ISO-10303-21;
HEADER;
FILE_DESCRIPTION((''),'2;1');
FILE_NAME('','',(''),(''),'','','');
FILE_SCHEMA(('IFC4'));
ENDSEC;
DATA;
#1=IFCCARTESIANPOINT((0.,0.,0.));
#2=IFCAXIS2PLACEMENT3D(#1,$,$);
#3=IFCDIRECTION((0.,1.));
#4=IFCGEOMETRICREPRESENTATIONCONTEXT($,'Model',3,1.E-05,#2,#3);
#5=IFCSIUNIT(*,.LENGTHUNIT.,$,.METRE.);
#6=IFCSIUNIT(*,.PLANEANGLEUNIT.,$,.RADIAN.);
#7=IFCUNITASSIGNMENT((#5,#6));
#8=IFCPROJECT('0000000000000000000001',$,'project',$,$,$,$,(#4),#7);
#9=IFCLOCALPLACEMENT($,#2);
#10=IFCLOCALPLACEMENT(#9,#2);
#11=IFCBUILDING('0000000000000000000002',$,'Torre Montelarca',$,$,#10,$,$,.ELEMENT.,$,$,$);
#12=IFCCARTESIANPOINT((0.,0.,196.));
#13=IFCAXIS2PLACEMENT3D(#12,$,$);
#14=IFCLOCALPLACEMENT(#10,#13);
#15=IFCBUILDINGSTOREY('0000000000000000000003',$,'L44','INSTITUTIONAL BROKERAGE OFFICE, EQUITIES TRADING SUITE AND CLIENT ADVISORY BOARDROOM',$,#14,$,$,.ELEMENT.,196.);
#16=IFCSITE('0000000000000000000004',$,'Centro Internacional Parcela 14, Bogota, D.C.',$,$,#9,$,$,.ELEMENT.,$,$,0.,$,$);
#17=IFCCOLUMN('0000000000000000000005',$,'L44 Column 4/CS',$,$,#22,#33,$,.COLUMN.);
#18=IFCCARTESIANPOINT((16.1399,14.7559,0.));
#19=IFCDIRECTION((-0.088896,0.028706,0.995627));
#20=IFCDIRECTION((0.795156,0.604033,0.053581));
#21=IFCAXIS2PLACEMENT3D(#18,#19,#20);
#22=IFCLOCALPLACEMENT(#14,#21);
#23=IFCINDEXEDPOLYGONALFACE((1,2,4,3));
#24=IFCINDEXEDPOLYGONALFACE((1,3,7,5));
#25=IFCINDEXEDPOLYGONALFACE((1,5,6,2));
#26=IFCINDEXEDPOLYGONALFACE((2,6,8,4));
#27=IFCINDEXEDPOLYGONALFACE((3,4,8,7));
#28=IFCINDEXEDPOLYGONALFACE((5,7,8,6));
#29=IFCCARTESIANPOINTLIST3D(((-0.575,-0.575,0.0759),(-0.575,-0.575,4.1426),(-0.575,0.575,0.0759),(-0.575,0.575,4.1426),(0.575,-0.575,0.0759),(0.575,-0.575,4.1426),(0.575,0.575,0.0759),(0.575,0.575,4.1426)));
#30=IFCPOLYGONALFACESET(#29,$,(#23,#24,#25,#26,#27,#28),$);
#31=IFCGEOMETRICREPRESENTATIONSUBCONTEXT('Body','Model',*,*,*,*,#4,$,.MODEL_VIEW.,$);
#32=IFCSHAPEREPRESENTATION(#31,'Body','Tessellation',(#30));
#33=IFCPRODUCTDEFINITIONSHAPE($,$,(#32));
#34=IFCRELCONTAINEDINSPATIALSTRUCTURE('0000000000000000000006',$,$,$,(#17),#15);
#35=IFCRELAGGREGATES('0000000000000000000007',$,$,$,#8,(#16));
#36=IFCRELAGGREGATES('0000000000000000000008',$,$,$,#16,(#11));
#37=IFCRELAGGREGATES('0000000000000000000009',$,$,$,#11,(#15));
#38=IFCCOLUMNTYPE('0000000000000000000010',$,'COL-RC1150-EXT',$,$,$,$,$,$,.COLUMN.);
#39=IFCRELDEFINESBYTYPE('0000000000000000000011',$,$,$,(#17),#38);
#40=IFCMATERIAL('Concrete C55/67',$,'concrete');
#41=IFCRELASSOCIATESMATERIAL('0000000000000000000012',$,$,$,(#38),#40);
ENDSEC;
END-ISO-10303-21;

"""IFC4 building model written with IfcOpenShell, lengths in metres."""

from ifc_helpers import new_model, si_unit, direction, frame, origin, origin_2d, place, context, subcontext, project, spatial, rectangle, extrude, clip, halfspace, material, material_profile, profile_set, type_object, element, save


model = new_model("IFC4")

# Units and contexts
model_context = context("Model", 3, precision=1e-05, world=origin(), true_north=direction((0.0, 1.0)))
body_context = subcontext(model_context, "Body", "Model", "MODEL_VIEW")
ifc_project = project(units=[si_unit("LENGTHUNIT", "METRE"), si_unit("PLANEANGLEUNIT", "RADIAN")], contexts=[model_context])

# Site, building, storey
site_placement = place(None, origin())
site = spatial("IfcSite", under=ifc_project, at=site_placement, Name="Centro Internacional Parcela 14, Bogota, D.C.", CompositionType="ELEMENT", RefElevation=0.0)
building_placement = place(site_placement, origin())
building = spatial("IfcBuilding", under=site, at=building_placement, Name="Torre Montelarca", CompositionType="ELEMENT")
storey_placement = place(building_placement, frame((0.0, 0.0, 196.0)))
storey = spatial("IfcBuildingStorey", under=building, at=storey_placement, Name="L44", Description="INSTITUTIONAL BROKERAGE OFFICE, EQUITIES TRADING SUITE AND CLIENT ADVISORY BOARDROOM", CompositionType="ELEMENT", Elevation=196.0)

# Column
ifc_material_1 = material(Name="Concrete C55/67", Category="concrete")
ifc_material_profile_1 = material_profile(ifc_material_1, rectangle(XDim=1.1499, YDim=1.1499, at=origin_2d()), Name="RC1150X1150", Category="concrete")
ifc_profile_set_1 = profile_set([ifc_material_profile_1], Name="Concrete C55/67")
column_type = type_object("IfcColumnType", Name="COL-RC1150-EXT", PredefinedType="COLUMN", material=ifc_profile_set_1)
column_placement = place(storey_placement, frame((16.1399, 14.7559, 0.0), z_axis=(-0.088896, 0.028706, 0.995627), x_axis=(0.795156, 0.604033, 0.053581)))
element("IfcColumn", 1, at=column_placement, inside=storey, type_object=column_type, Name="L44 Column 4/CS", PredefinedType="COLUMN", context=body_context, shape_type="Clipping", body=[
    clip(clip(extrude(rectangle(XDim=1.1499, YDim=1.1499, at=origin_2d()), origin(), (0.0, 0.0, 1.0), 4.2185), halfspace(frame((0.0, 0.0, 0.0759), z_axis=(0.0, 0.0, -1.0), x_axis=(1.0, 0.0, 0.0)), False)), halfspace(frame((0.0, 0.0, 4.1426), z_axis=(0.0, 0.0, 1.0), x_axis=(1.0, 0.0, 0.0)), False)),
])

save(model, "model.ifc")
